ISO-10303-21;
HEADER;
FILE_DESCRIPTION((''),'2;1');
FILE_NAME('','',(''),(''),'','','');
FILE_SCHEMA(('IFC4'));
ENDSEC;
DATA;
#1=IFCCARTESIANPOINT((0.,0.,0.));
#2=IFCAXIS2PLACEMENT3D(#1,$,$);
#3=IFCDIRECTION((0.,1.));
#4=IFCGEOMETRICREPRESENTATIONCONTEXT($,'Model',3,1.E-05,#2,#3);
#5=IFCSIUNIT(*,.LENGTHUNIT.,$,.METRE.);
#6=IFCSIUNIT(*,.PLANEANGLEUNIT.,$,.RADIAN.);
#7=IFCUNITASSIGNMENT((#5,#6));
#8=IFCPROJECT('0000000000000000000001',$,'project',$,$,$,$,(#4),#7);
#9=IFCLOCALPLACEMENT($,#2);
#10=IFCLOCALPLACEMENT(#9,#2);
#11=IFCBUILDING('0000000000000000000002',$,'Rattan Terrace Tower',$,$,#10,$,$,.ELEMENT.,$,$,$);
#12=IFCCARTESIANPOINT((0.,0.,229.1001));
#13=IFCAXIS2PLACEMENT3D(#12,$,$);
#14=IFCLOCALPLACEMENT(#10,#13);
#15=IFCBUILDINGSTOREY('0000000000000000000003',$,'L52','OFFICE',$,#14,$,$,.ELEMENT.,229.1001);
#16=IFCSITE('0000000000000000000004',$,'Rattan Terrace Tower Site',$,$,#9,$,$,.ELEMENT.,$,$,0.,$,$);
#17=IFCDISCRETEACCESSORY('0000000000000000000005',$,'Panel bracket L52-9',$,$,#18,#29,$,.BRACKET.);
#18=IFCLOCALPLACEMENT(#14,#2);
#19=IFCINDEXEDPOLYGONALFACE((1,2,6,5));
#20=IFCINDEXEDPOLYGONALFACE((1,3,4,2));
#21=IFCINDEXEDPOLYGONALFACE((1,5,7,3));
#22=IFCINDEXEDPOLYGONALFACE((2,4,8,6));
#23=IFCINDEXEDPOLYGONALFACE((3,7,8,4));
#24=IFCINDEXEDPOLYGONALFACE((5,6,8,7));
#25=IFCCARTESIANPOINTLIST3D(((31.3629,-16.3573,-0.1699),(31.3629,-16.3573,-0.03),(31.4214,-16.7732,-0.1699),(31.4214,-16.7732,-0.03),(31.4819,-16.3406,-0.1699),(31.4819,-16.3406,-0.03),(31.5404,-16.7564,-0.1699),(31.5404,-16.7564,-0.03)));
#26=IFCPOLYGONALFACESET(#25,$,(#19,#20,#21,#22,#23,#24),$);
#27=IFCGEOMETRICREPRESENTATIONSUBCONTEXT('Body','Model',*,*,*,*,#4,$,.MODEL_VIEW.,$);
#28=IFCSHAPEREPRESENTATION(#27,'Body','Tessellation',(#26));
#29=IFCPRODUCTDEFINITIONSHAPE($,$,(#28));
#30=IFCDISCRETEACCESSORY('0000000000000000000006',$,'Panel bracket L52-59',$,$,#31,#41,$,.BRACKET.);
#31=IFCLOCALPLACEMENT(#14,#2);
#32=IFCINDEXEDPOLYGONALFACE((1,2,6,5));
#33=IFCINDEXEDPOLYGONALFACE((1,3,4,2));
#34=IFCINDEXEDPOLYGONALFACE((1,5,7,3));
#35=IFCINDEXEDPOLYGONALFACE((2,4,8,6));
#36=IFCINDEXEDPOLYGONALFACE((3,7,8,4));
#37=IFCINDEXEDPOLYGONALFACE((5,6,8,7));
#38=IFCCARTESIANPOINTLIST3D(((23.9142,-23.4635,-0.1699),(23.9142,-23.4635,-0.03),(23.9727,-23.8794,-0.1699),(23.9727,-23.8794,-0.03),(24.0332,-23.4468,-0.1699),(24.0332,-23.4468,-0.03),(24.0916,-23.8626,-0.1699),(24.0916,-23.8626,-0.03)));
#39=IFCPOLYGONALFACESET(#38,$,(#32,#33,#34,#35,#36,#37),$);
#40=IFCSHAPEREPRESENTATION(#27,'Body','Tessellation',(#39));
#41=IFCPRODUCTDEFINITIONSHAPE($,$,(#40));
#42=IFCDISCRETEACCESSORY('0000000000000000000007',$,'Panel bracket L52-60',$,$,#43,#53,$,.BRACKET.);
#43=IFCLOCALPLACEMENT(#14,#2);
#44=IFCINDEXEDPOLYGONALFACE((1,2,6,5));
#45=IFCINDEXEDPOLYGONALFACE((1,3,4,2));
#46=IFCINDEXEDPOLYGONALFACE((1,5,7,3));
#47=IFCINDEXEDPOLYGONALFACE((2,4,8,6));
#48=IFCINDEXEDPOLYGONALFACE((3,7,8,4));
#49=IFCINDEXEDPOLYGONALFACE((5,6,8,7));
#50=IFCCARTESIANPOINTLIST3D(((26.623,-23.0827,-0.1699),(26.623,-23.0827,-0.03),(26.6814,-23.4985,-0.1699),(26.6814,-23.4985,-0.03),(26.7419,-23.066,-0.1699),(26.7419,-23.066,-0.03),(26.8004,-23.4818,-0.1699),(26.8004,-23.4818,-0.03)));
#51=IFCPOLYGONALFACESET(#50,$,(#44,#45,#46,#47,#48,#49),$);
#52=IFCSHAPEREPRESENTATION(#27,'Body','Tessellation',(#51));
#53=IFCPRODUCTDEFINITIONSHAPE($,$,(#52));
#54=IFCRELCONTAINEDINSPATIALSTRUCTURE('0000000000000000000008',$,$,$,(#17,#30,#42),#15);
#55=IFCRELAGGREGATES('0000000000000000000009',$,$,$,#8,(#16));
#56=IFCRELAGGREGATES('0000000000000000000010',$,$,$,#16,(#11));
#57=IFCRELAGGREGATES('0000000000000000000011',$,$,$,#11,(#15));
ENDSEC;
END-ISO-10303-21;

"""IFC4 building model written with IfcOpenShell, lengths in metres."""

from ifc_helpers import new_model, si_unit, direction, frame, origin, origin_2d, place, context, subcontext, project, spatial, rectangle, extrude, element, save


model = new_model("IFC4")

# Units and contexts
model_context = context("Model", 3, precision=1e-05, world=origin(), true_north=direction((0.0, 1.0)))
body_context = subcontext(model_context, "Body", "Model", "MODEL_VIEW")
ifc_project = project(units=[si_unit("LENGTHUNIT", "METRE"), si_unit("PLANEANGLEUNIT", "RADIAN")], contexts=[model_context])

# Site, building, storey
site_placement = place(None, origin())
site = spatial("IfcSite", under=ifc_project, at=site_placement, Name="Rattan Terrace Tower Site", CompositionType="ELEMENT", RefElevation=0.0)
building_placement = place(site_placement, origin())
building = spatial("IfcBuilding", under=site, at=building_placement, Name="Rattan Terrace Tower", CompositionType="ELEMENT")
storey_placement = place(building_placement, frame((0.0, 0.0, 229.1001)))
storey = spatial("IfcBuildingStorey", under=building, at=storey_placement, Name="L52", Description="OFFICE", CompositionType="ELEMENT", Elevation=229.1001)

# Discrete accessories
for number, where, z_axis, x_axis, name in (
    (1, (31.4517, -16.5569, -0.1699), (0.0, 0.0, 1.0), (0.990254, 0.139275, 0.0), "Panel bracket L52-9"),
    (2, (24.0029, -23.6631, -0.1699), (0.0, 0.0, 1.0), (0.990267, 0.139177, 0.0), "Panel bracket L52-59"),
    (3, (26.7117, -23.2822, -0.1699), (0.0, 0.0, 1.0), (0.990267, 0.139177, 0.0), "Panel bracket L52-60"),
):
    element("IfcDiscreteAccessory", number, at=place(storey_placement, frame(where, z_axis=z_axis, x_axis=x_axis)), inside=storey, Name=name, PredefinedType="BRACKET", context=body_context, shape_type="SweptSolid", body=[
        extrude(rectangle(XDim=0.1201, YDim=0.4199, at=origin_2d()), origin(), (0.0, 0.0, 1.0), 0.1399),
    ])

save(model, "model.ifc")
